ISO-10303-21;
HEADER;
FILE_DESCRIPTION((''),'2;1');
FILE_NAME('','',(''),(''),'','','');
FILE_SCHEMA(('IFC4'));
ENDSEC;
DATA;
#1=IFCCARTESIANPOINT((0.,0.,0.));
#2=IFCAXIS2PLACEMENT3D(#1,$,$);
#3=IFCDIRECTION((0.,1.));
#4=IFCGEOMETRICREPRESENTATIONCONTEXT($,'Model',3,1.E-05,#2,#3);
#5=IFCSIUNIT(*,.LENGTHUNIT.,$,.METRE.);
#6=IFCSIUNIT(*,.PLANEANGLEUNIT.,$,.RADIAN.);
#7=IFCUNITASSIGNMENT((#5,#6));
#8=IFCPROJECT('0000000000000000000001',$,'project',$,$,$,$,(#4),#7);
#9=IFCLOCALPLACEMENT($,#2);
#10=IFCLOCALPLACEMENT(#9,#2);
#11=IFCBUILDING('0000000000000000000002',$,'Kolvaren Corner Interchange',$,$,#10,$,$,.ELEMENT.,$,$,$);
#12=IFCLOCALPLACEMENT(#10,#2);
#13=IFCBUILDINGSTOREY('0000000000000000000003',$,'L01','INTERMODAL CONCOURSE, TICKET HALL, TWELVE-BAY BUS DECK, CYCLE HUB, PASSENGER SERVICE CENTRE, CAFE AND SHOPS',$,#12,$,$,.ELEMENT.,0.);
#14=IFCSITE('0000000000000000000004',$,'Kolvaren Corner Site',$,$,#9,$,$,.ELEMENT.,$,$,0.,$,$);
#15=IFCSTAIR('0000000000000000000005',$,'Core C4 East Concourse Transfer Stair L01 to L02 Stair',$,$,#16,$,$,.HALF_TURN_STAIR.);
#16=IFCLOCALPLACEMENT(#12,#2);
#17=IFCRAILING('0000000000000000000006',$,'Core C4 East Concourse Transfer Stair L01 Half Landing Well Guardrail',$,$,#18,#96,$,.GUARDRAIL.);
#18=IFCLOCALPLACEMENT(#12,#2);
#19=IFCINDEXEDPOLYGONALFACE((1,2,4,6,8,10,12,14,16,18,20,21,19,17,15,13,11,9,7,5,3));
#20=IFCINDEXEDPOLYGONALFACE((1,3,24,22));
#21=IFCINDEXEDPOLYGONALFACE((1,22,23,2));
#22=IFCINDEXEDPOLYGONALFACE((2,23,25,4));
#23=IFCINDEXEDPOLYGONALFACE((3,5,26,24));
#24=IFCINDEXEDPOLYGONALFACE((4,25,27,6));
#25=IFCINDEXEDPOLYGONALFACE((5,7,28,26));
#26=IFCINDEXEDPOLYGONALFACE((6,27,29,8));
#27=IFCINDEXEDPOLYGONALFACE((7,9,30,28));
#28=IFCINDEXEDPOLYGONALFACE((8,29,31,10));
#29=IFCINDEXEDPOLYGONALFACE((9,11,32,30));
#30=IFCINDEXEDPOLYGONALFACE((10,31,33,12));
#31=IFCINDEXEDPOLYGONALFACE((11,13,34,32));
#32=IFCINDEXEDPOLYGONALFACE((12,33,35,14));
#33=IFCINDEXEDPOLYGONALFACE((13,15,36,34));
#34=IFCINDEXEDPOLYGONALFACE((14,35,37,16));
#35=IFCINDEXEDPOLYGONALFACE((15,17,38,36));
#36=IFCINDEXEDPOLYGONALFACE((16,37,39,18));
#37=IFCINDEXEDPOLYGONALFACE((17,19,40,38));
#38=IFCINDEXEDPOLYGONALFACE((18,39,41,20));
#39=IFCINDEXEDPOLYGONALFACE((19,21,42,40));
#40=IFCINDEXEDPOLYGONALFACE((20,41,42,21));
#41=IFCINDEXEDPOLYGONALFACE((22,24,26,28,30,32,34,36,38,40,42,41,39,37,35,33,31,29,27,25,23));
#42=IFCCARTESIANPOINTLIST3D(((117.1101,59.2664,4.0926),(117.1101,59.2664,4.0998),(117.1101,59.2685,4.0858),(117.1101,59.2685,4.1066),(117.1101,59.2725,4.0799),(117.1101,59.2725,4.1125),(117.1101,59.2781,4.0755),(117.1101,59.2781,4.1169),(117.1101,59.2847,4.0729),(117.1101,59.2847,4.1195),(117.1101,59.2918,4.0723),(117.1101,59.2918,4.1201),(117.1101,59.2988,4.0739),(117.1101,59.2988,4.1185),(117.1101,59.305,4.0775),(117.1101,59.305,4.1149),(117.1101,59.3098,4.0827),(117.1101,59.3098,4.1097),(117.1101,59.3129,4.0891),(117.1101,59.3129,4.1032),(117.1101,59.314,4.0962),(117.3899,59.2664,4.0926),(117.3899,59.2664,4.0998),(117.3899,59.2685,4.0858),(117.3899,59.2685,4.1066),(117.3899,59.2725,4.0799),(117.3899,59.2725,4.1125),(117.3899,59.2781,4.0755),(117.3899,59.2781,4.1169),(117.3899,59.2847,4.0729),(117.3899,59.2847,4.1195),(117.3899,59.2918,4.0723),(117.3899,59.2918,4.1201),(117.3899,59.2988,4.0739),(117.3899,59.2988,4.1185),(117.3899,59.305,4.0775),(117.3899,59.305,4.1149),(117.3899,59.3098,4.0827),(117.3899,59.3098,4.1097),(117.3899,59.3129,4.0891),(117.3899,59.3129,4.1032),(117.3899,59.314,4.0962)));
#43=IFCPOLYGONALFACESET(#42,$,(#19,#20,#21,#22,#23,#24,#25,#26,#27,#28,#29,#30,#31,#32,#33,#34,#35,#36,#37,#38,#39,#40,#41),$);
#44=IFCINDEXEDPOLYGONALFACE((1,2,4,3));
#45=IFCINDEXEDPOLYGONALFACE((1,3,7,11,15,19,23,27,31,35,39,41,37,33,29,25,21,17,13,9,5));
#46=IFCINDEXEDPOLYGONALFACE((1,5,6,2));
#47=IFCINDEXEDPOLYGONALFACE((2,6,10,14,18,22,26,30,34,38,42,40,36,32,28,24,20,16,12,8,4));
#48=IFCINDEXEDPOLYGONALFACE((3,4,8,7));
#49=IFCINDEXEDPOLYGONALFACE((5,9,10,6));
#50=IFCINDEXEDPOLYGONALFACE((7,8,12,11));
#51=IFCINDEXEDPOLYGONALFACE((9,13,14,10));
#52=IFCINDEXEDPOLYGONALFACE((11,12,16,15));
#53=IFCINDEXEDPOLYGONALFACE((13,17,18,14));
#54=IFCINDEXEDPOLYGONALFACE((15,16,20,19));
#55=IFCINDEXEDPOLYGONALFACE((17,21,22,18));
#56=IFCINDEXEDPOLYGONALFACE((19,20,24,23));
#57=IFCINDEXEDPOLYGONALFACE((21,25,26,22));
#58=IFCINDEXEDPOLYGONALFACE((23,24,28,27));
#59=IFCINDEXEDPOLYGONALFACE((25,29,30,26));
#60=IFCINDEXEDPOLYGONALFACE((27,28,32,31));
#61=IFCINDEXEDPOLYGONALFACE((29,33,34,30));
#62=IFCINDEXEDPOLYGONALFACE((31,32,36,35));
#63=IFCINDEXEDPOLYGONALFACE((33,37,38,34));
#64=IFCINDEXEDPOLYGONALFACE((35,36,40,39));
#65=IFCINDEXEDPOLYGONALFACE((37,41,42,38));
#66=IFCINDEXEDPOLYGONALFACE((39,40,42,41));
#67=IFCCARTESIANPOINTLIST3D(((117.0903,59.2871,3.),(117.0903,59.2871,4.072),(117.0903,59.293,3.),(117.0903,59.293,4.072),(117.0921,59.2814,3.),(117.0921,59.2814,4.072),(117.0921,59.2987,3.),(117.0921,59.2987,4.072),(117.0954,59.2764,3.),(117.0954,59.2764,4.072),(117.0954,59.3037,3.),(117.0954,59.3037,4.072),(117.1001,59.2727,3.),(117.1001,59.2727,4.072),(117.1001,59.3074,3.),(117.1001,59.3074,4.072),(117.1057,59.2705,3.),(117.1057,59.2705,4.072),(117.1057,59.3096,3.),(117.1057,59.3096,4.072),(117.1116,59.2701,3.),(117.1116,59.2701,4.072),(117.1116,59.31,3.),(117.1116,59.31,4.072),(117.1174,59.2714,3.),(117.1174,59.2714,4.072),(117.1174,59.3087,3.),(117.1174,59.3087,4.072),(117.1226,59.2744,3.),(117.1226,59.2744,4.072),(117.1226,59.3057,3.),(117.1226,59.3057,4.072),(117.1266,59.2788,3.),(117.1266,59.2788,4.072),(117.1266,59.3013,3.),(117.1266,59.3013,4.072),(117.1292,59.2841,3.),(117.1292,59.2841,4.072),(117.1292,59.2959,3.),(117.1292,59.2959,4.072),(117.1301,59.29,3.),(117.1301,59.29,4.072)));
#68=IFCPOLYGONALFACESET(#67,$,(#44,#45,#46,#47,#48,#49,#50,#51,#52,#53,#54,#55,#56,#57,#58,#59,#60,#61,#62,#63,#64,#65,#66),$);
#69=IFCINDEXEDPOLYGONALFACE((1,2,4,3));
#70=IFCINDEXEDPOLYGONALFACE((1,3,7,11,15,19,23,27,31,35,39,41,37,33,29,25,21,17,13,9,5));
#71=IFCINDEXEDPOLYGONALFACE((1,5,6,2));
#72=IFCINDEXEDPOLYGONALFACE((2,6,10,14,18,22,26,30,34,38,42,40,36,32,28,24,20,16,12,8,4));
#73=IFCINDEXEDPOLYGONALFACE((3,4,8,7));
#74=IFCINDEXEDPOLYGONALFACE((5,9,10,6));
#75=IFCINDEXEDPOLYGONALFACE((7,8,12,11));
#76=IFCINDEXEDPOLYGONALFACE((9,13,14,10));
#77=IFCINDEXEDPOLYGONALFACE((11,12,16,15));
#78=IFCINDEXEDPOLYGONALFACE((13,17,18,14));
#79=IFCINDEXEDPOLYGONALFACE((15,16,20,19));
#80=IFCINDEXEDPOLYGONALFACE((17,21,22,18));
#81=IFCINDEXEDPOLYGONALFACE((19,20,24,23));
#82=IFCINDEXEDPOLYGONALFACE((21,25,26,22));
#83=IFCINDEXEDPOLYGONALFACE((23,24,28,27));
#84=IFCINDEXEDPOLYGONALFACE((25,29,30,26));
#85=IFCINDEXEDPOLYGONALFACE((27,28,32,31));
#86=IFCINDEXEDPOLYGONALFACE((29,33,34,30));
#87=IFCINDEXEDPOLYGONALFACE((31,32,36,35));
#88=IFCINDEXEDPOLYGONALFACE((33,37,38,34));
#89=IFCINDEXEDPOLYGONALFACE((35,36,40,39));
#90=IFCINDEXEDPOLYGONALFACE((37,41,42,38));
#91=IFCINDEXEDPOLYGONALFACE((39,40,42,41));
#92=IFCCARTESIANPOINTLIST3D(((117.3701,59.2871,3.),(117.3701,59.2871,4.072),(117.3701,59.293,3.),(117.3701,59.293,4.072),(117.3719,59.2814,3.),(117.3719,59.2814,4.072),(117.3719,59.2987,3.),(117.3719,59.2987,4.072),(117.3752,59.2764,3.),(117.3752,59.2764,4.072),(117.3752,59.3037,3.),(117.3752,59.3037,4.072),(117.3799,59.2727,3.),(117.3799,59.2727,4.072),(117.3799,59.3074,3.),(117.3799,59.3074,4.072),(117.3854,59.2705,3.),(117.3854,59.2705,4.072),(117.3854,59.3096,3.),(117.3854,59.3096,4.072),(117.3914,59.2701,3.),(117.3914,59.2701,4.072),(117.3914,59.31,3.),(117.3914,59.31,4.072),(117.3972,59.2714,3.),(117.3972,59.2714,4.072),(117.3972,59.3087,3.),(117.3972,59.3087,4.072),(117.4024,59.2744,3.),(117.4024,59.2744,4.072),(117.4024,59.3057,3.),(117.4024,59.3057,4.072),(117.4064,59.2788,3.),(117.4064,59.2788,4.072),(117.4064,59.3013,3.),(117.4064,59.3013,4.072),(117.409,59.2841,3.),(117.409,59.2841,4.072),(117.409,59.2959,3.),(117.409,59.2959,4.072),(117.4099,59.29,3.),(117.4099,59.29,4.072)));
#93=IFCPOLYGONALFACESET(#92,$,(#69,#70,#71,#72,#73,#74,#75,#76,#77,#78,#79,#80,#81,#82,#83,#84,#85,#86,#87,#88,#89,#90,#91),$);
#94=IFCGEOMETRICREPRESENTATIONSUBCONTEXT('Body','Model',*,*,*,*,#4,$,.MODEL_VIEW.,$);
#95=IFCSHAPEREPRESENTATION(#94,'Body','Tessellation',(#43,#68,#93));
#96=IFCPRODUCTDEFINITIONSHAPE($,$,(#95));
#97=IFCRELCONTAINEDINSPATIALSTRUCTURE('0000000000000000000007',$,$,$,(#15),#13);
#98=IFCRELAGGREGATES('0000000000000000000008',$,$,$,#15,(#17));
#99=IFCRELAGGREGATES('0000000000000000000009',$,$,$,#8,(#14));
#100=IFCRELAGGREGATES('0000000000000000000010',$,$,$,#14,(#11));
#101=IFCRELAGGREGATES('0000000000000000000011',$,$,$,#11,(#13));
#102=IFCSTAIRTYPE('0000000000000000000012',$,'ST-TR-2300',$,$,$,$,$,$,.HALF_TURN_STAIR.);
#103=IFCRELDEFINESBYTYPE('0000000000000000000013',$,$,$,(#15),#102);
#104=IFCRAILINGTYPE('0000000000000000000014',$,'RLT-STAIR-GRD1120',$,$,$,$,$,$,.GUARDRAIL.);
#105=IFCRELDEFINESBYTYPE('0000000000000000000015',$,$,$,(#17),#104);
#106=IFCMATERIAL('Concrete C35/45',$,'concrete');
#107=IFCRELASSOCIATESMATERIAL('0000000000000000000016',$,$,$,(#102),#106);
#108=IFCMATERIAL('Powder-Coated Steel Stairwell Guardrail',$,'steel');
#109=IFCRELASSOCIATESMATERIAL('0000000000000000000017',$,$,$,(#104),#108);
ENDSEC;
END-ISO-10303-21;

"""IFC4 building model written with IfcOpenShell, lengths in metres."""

from ifc_helpers import new_model, si_unit, direction, frame, origin, origin_2d, place, context, subcontext, project, spatial, circle, extrude, material, type_object, element, aggregate, save


model = new_model("IFC4")

# Units and contexts
model_context = context("Model", 3, precision=1e-05, world=origin(), true_north=direction((0.0, 1.0)))
body_context = subcontext(model_context, "Body", "Model", "MODEL_VIEW")
ifc_project = project(units=[si_unit("LENGTHUNIT", "METRE"), si_unit("PLANEANGLEUNIT", "RADIAN")], contexts=[model_context])

# Site, building, storey
site_placement = place(None, origin())
site = spatial("IfcSite", under=ifc_project, at=site_placement, Name="Kolvaren Corner Site", CompositionType="ELEMENT", RefElevation=0.0)
building_placement = place(site_placement, origin())
building = spatial("IfcBuilding", under=site, at=building_placement, Name="Kolvaren Corner Interchange", CompositionType="ELEMENT")
storey_placement = place(building_placement, origin())
storey = spatial("IfcBuildingStorey", under=building, at=storey_placement, Name="L01", Description="INTERMODAL CONCOURSE, TICKET HALL, TWELVE-BAY BUS DECK, CYCLE HUB, PASSENGER SERVICE CENTRE, CAFE AND SHOPS", CompositionType="ELEMENT", Elevation=0.0)

# Stair
ifc_material_1 = material(Name="Concrete C35/45", Category="concrete")
stair_type = type_object("IfcStairType", Name="ST-TR-2300", PredefinedType="HALF_TURN_STAIR", material=ifc_material_1)
stair_placement = place(storey_placement, origin())
stair = element("IfcStair", 1, at=stair_placement, inside=storey, type_object=stair_type, Name="Core C4 East Concourse Transfer Stair L01 to L02 Stair", PredefinedType="HALF_TURN_STAIR")

# Railing
ifc_material_2 = material(Name="Powder-Coated Steel Stairwell Guardrail", Category="steel")
railing_type_1 = type_object("IfcRailingType", Name="RLT-STAIR-GRD1120", PredefinedType="GUARDRAIL", material=ifc_material_2)
railing_1_placement = place(storey_placement, frame((117.1101, 59.29, 3.0)))
railing_1 = element("IfcRailing", 2, at=railing_1_placement, type_object=railing_type_1, Name="Core C4 East Concourse Transfer Stair L01 Half Landing Well Guardrail", PredefinedType="GUARDRAIL", context=body_context, shape_type="SweptSolid", body=[
    extrude(circle(Radius=0.0239, at=origin_2d()), frame((0.0, 0.0, 1.0962), z_axis=(1.0, 0.0, 0.0), x_axis=(0.0, 1.0, 0.0)), (0.0, 0.0, 1.0), 0.2798),
    extrude(circle(Radius=0.02, at=origin_2d()), origin(), (0.0, 0.0, 1.0), 1.072),
    extrude(circle(Radius=0.02, at=origin_2d()), frame((0.2798, 0.0, 0.0)), (0.0, 0.0, 1.0), 1.072),
])
aggregate(stair, [railing_1])

save(model, "model.ifc")
